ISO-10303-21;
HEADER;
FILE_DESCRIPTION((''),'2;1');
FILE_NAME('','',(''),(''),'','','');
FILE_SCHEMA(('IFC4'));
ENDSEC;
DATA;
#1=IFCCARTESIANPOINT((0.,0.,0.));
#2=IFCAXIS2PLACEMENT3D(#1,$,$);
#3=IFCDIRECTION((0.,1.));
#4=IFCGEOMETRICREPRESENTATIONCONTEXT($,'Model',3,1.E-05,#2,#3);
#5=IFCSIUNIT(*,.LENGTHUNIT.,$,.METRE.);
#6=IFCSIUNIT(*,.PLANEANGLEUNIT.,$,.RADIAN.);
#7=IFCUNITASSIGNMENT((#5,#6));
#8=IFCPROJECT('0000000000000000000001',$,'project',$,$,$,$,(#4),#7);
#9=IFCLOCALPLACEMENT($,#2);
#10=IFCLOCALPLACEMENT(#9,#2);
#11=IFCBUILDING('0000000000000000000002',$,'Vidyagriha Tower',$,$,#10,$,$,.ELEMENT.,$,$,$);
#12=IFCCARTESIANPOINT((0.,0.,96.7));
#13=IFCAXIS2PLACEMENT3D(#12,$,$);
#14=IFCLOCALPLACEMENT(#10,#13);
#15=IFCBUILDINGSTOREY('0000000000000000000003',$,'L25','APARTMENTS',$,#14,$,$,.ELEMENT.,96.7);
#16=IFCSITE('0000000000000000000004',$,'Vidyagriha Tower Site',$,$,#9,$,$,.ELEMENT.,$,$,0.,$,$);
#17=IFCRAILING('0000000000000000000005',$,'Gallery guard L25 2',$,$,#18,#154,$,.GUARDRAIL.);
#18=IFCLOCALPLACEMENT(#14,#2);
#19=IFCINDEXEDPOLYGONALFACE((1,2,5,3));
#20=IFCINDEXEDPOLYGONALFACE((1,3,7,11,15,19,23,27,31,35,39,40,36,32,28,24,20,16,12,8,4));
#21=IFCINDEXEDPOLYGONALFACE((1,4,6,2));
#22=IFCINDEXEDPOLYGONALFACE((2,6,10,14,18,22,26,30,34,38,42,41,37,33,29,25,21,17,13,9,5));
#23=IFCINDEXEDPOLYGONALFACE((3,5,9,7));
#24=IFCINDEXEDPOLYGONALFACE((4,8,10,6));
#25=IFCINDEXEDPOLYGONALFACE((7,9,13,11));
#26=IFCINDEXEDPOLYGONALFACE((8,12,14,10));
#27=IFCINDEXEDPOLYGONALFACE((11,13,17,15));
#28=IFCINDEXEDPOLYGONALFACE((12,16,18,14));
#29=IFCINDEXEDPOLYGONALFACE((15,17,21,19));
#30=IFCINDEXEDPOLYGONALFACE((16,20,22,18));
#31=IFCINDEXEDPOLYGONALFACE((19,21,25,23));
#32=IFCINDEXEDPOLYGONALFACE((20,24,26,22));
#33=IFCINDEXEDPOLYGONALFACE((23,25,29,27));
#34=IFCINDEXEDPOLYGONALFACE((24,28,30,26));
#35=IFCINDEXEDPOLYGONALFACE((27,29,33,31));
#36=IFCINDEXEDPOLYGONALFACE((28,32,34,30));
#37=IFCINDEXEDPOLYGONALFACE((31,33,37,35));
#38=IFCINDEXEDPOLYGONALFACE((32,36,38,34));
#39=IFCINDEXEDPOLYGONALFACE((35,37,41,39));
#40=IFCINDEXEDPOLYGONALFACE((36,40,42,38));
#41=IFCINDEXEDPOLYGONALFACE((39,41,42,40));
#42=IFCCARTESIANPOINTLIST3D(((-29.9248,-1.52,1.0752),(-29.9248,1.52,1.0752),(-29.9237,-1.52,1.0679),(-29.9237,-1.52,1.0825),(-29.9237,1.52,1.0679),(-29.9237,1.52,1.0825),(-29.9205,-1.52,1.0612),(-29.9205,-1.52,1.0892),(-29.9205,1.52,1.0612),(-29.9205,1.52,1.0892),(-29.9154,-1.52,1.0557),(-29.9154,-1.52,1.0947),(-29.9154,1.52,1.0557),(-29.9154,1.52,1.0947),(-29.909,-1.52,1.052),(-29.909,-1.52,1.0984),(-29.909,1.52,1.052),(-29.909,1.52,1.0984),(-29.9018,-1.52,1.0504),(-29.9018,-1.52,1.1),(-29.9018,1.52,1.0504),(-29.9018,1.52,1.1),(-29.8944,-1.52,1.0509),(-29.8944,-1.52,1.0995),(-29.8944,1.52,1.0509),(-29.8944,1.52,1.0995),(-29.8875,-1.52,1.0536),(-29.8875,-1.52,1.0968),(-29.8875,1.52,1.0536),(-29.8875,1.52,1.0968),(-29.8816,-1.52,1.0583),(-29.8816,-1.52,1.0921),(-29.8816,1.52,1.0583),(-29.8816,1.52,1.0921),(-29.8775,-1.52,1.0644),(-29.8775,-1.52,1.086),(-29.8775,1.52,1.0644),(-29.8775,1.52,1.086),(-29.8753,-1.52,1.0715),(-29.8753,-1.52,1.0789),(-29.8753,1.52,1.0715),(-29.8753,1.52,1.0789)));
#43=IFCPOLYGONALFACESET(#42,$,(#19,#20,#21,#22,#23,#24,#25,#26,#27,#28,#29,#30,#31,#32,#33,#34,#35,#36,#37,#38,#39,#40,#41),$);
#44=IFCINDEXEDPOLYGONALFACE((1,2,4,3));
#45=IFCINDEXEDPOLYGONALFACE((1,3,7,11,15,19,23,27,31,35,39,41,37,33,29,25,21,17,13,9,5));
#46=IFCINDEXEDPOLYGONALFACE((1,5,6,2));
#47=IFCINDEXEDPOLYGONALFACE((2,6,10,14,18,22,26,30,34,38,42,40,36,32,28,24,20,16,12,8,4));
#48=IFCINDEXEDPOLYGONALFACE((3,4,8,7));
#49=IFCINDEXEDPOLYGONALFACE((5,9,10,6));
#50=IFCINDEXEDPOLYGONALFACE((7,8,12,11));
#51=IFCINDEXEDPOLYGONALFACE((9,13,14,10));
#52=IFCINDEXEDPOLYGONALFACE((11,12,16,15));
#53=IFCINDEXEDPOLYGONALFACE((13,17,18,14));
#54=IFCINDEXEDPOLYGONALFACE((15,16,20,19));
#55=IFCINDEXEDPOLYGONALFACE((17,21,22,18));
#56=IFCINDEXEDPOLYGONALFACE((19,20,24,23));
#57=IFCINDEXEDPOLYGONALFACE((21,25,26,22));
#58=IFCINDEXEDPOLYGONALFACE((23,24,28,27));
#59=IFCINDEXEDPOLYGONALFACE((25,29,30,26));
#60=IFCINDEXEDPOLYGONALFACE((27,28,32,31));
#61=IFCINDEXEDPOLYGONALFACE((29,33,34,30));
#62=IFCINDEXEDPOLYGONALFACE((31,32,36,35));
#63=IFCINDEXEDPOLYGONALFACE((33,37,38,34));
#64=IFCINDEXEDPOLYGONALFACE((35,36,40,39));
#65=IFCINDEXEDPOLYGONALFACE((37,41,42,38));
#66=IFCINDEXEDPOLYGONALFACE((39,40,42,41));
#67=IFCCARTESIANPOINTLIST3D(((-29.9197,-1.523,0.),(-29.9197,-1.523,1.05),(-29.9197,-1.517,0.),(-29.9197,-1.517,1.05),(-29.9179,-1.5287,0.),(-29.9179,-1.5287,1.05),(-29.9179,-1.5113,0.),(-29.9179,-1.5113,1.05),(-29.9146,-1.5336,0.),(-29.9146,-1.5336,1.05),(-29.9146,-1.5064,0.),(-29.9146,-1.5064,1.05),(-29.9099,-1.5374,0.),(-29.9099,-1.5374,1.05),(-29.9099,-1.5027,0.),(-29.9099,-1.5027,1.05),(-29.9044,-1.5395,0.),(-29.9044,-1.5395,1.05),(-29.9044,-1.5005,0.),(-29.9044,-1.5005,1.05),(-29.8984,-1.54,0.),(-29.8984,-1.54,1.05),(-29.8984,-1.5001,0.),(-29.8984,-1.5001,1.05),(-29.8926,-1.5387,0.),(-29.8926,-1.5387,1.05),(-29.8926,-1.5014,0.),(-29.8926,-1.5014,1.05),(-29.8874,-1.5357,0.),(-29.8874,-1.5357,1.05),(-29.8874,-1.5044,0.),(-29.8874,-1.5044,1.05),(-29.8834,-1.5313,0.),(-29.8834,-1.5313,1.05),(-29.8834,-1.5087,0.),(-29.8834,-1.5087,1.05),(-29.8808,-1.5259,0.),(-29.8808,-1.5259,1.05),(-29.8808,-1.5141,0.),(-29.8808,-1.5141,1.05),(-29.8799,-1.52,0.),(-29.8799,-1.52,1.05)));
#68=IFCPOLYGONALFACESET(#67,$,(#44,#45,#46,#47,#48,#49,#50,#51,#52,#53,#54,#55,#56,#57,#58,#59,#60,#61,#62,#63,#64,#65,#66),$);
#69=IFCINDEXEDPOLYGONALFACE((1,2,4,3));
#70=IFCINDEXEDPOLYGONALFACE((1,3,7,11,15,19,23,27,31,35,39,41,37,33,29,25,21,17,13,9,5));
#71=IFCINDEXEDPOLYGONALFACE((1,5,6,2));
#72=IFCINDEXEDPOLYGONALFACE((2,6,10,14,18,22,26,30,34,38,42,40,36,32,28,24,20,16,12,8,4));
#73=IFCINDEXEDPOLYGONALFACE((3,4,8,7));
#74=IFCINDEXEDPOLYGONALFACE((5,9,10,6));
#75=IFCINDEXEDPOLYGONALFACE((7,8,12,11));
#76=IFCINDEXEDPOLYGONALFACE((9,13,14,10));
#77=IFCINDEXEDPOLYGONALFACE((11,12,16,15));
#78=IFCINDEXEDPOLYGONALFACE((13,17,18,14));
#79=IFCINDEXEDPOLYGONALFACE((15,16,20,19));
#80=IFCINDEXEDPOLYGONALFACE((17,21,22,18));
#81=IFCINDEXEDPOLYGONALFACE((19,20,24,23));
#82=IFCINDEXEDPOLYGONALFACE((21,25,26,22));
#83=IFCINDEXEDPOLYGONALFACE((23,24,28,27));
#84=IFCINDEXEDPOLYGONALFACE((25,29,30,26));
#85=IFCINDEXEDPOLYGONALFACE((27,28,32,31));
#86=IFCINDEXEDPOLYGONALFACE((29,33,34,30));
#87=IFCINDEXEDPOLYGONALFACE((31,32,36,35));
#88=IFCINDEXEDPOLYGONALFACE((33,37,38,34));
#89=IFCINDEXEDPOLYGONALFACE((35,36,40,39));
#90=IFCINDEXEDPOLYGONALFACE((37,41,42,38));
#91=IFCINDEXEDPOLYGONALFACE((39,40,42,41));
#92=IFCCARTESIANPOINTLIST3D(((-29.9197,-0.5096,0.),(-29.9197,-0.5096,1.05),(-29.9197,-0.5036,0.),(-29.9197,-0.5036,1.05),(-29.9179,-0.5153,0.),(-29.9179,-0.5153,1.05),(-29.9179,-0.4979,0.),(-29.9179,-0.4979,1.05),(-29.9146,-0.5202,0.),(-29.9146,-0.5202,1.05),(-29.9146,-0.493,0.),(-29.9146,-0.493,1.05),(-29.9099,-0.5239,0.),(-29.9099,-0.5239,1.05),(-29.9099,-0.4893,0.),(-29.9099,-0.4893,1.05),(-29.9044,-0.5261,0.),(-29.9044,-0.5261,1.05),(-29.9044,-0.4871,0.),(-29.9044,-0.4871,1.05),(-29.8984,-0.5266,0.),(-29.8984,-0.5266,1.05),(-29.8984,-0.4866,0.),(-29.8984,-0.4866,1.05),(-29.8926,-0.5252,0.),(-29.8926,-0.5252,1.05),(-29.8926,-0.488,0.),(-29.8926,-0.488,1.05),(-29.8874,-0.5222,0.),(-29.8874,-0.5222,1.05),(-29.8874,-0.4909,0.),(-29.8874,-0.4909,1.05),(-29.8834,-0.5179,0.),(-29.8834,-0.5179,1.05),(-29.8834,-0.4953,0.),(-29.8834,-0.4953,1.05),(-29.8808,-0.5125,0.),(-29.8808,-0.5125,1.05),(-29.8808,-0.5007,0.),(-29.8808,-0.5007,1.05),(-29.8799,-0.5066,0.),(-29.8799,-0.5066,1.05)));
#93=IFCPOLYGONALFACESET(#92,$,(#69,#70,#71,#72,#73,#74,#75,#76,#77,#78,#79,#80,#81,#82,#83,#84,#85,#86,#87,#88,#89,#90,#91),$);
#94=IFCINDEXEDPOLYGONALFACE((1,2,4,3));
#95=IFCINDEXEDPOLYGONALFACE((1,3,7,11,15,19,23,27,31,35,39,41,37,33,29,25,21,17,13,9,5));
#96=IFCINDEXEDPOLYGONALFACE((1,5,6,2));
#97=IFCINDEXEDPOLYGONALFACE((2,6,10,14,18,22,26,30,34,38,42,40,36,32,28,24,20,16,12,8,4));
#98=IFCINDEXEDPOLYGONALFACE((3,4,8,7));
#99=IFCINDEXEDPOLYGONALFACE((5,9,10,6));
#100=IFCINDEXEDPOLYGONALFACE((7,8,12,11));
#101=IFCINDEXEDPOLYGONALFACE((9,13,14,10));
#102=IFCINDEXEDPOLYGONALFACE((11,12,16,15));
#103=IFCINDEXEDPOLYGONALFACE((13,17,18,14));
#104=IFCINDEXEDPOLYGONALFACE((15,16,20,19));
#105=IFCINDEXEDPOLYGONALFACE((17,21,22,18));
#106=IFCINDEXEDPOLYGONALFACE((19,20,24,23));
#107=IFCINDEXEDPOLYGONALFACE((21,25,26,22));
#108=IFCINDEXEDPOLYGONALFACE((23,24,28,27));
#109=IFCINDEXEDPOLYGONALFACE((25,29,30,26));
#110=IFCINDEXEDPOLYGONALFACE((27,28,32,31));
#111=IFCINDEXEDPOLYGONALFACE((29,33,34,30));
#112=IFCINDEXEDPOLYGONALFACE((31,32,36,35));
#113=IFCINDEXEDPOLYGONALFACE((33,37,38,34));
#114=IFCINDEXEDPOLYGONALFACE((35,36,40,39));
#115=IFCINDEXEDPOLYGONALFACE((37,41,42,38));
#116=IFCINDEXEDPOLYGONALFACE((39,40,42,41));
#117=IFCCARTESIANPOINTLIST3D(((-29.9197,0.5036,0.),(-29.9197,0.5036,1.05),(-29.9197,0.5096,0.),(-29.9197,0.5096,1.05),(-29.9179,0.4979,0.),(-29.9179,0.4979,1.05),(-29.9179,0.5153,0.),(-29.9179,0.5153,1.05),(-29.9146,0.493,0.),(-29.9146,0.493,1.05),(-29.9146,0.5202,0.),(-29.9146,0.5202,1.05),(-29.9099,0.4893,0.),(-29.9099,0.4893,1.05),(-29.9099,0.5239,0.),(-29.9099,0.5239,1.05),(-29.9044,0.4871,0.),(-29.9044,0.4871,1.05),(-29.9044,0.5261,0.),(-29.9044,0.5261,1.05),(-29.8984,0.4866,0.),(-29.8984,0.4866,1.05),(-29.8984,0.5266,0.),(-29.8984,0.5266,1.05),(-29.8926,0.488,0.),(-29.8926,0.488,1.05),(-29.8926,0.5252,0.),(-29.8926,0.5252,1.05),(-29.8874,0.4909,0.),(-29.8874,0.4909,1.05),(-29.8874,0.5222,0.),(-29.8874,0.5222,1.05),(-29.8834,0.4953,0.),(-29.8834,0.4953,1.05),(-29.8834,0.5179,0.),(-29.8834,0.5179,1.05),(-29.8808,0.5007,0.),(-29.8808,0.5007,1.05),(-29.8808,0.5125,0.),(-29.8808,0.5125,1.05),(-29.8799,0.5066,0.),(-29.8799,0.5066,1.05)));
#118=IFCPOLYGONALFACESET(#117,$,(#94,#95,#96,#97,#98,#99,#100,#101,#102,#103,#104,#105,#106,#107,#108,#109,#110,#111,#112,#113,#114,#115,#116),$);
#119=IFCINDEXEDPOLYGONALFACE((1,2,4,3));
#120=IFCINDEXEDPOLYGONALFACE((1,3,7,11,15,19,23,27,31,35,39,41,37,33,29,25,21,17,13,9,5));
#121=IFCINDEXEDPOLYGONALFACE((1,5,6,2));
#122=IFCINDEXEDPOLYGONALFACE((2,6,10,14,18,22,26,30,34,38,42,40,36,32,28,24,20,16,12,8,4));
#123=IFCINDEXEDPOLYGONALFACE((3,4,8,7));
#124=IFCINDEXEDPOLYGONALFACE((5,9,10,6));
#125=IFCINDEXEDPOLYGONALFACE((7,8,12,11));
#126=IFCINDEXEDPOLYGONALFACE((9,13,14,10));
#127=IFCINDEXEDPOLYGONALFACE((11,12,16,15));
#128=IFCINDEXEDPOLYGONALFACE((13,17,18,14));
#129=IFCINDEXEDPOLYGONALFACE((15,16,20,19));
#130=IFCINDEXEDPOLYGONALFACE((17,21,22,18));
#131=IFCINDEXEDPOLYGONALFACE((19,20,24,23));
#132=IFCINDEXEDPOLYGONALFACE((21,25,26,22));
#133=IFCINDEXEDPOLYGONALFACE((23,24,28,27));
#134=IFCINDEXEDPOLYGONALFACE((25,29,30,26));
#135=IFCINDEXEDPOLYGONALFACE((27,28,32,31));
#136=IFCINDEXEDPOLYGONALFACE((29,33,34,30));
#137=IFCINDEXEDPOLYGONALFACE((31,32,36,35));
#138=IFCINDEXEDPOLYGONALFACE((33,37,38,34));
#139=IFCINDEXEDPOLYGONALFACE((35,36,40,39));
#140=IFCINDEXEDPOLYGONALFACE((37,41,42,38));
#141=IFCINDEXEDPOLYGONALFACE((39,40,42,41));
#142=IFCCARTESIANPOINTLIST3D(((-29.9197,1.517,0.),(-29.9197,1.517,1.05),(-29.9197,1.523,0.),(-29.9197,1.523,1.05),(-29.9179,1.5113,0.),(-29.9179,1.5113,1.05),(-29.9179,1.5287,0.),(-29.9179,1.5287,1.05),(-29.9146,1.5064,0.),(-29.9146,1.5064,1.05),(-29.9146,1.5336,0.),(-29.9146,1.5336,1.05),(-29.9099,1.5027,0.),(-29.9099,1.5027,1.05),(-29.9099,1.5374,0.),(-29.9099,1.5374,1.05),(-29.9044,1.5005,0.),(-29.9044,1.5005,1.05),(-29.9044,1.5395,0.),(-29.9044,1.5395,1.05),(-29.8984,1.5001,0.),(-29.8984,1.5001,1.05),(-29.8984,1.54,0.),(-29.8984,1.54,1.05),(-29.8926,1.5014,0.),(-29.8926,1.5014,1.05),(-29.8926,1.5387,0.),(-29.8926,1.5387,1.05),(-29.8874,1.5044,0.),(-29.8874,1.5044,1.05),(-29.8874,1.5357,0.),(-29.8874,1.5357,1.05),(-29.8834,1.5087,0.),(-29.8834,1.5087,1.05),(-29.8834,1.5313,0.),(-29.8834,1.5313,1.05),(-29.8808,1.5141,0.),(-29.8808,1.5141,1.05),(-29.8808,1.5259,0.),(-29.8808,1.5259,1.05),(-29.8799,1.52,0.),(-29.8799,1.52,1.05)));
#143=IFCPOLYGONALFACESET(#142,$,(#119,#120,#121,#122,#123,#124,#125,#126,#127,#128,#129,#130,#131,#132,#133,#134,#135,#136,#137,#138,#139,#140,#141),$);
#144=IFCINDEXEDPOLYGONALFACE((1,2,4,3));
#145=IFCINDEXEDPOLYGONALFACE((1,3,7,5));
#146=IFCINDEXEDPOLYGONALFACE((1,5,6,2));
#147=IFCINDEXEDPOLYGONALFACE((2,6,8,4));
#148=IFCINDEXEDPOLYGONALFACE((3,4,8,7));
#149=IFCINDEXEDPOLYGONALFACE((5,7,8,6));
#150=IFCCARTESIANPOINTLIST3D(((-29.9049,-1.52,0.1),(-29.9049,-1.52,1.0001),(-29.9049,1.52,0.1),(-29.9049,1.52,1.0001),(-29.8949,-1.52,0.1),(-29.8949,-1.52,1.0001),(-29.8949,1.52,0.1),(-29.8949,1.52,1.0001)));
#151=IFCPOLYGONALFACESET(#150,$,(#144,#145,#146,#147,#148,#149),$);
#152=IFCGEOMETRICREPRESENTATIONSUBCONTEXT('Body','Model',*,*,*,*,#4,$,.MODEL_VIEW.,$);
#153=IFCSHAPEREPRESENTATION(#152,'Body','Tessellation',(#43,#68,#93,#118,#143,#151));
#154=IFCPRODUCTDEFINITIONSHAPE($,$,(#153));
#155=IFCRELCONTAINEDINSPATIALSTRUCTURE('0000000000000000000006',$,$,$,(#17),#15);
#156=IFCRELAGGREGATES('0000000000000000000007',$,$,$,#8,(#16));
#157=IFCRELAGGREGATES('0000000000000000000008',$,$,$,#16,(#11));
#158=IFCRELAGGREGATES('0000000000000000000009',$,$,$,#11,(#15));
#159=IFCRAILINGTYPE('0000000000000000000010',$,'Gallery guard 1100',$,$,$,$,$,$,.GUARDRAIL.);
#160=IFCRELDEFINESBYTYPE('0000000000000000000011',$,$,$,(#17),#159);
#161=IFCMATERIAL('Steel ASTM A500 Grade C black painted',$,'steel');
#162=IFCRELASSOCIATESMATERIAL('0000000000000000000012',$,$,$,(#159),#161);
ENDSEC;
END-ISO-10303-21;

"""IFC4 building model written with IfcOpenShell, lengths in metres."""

from ifc_helpers import new_model, si_unit, direction, frame, origin, origin_2d, place, context, subcontext, project, spatial, rectangle, circle, extrude, material, type_object, element, save


model = new_model("IFC4")

# Units and contexts
model_context = context("Model", 3, precision=1e-05, world=origin(), true_north=direction((0.0, 1.0)))
body_context = subcontext(model_context, "Body", "Model", "MODEL_VIEW")
ifc_project = project(units=[si_unit("LENGTHUNIT", "METRE"), si_unit("PLANEANGLEUNIT", "RADIAN")], contexts=[model_context])

# Site, building, storey
site_placement = place(None, origin())
site = spatial("IfcSite", under=ifc_project, at=site_placement, Name="Vidyagriha Tower Site", CompositionType="ELEMENT", RefElevation=0.0)
building_placement = place(site_placement, origin())
building = spatial("IfcBuilding", under=site, at=building_placement, Name="Vidyagriha Tower", CompositionType="ELEMENT")
storey_placement = place(building_placement, frame((0.0, 0.0, 96.7)))
storey = spatial("IfcBuildingStorey", under=building, at=storey_placement, Name="L25", Description="APARTMENTS", CompositionType="ELEMENT", Elevation=96.7)

# Railing
ifc_material_1 = material(Name="Steel ASTM A500 Grade C black painted", Category="steel")
railing_type_1 = type_object("IfcRailingType", Name="Gallery guard 1100", PredefinedType="GUARDRAIL", material=ifc_material_1)
railing_1_placement = place(storey_placement, frame((-29.8999, -1.52, 0.0)))
element("IfcRailing", 1, at=railing_1_placement, inside=storey, type_object=railing_type_1, Name="Gallery guard L25 2", PredefinedType="GUARDRAIL", context=body_context, shape_type="SweptSolid", body=[
    extrude(circle(Radius=0.0249, at=origin_2d()), frame((0.0, 0.0, 1.0752), z_axis=(0.0, 1.0, 0.0), x_axis=(-1.0, 0.0, 0.0)), (0.0, 0.0, 1.0), 3.04),
    extrude(circle(Radius=0.02, at=origin_2d()), origin(), (0.0, 0.0, 1.0), 1.05),
    extrude(circle(Radius=0.02, at=origin_2d()), frame((0.0, 1.0134, 0.0)), (0.0, 0.0, 1.0), 1.05),
    extrude(circle(Radius=0.02, at=origin_2d()), frame((0.0, 2.0266, 0.0)), (0.0, 0.0, 1.0), 1.05),
    extrude(circle(Radius=0.02, at=origin_2d()), frame((0.0, 3.04, 0.0)), (0.0, 0.0, 1.0), 1.05),
    extrude(rectangle(XDim=0.01, YDim=0.9001, at=origin_2d()), frame((0.0, 0.0, 0.55), z_axis=(0.0, 1.0, 0.0), x_axis=(-1.0, 0.0, 0.0)), (0.0, 0.0, 1.0), 3.04),
])

save(model, "model.ifc")
